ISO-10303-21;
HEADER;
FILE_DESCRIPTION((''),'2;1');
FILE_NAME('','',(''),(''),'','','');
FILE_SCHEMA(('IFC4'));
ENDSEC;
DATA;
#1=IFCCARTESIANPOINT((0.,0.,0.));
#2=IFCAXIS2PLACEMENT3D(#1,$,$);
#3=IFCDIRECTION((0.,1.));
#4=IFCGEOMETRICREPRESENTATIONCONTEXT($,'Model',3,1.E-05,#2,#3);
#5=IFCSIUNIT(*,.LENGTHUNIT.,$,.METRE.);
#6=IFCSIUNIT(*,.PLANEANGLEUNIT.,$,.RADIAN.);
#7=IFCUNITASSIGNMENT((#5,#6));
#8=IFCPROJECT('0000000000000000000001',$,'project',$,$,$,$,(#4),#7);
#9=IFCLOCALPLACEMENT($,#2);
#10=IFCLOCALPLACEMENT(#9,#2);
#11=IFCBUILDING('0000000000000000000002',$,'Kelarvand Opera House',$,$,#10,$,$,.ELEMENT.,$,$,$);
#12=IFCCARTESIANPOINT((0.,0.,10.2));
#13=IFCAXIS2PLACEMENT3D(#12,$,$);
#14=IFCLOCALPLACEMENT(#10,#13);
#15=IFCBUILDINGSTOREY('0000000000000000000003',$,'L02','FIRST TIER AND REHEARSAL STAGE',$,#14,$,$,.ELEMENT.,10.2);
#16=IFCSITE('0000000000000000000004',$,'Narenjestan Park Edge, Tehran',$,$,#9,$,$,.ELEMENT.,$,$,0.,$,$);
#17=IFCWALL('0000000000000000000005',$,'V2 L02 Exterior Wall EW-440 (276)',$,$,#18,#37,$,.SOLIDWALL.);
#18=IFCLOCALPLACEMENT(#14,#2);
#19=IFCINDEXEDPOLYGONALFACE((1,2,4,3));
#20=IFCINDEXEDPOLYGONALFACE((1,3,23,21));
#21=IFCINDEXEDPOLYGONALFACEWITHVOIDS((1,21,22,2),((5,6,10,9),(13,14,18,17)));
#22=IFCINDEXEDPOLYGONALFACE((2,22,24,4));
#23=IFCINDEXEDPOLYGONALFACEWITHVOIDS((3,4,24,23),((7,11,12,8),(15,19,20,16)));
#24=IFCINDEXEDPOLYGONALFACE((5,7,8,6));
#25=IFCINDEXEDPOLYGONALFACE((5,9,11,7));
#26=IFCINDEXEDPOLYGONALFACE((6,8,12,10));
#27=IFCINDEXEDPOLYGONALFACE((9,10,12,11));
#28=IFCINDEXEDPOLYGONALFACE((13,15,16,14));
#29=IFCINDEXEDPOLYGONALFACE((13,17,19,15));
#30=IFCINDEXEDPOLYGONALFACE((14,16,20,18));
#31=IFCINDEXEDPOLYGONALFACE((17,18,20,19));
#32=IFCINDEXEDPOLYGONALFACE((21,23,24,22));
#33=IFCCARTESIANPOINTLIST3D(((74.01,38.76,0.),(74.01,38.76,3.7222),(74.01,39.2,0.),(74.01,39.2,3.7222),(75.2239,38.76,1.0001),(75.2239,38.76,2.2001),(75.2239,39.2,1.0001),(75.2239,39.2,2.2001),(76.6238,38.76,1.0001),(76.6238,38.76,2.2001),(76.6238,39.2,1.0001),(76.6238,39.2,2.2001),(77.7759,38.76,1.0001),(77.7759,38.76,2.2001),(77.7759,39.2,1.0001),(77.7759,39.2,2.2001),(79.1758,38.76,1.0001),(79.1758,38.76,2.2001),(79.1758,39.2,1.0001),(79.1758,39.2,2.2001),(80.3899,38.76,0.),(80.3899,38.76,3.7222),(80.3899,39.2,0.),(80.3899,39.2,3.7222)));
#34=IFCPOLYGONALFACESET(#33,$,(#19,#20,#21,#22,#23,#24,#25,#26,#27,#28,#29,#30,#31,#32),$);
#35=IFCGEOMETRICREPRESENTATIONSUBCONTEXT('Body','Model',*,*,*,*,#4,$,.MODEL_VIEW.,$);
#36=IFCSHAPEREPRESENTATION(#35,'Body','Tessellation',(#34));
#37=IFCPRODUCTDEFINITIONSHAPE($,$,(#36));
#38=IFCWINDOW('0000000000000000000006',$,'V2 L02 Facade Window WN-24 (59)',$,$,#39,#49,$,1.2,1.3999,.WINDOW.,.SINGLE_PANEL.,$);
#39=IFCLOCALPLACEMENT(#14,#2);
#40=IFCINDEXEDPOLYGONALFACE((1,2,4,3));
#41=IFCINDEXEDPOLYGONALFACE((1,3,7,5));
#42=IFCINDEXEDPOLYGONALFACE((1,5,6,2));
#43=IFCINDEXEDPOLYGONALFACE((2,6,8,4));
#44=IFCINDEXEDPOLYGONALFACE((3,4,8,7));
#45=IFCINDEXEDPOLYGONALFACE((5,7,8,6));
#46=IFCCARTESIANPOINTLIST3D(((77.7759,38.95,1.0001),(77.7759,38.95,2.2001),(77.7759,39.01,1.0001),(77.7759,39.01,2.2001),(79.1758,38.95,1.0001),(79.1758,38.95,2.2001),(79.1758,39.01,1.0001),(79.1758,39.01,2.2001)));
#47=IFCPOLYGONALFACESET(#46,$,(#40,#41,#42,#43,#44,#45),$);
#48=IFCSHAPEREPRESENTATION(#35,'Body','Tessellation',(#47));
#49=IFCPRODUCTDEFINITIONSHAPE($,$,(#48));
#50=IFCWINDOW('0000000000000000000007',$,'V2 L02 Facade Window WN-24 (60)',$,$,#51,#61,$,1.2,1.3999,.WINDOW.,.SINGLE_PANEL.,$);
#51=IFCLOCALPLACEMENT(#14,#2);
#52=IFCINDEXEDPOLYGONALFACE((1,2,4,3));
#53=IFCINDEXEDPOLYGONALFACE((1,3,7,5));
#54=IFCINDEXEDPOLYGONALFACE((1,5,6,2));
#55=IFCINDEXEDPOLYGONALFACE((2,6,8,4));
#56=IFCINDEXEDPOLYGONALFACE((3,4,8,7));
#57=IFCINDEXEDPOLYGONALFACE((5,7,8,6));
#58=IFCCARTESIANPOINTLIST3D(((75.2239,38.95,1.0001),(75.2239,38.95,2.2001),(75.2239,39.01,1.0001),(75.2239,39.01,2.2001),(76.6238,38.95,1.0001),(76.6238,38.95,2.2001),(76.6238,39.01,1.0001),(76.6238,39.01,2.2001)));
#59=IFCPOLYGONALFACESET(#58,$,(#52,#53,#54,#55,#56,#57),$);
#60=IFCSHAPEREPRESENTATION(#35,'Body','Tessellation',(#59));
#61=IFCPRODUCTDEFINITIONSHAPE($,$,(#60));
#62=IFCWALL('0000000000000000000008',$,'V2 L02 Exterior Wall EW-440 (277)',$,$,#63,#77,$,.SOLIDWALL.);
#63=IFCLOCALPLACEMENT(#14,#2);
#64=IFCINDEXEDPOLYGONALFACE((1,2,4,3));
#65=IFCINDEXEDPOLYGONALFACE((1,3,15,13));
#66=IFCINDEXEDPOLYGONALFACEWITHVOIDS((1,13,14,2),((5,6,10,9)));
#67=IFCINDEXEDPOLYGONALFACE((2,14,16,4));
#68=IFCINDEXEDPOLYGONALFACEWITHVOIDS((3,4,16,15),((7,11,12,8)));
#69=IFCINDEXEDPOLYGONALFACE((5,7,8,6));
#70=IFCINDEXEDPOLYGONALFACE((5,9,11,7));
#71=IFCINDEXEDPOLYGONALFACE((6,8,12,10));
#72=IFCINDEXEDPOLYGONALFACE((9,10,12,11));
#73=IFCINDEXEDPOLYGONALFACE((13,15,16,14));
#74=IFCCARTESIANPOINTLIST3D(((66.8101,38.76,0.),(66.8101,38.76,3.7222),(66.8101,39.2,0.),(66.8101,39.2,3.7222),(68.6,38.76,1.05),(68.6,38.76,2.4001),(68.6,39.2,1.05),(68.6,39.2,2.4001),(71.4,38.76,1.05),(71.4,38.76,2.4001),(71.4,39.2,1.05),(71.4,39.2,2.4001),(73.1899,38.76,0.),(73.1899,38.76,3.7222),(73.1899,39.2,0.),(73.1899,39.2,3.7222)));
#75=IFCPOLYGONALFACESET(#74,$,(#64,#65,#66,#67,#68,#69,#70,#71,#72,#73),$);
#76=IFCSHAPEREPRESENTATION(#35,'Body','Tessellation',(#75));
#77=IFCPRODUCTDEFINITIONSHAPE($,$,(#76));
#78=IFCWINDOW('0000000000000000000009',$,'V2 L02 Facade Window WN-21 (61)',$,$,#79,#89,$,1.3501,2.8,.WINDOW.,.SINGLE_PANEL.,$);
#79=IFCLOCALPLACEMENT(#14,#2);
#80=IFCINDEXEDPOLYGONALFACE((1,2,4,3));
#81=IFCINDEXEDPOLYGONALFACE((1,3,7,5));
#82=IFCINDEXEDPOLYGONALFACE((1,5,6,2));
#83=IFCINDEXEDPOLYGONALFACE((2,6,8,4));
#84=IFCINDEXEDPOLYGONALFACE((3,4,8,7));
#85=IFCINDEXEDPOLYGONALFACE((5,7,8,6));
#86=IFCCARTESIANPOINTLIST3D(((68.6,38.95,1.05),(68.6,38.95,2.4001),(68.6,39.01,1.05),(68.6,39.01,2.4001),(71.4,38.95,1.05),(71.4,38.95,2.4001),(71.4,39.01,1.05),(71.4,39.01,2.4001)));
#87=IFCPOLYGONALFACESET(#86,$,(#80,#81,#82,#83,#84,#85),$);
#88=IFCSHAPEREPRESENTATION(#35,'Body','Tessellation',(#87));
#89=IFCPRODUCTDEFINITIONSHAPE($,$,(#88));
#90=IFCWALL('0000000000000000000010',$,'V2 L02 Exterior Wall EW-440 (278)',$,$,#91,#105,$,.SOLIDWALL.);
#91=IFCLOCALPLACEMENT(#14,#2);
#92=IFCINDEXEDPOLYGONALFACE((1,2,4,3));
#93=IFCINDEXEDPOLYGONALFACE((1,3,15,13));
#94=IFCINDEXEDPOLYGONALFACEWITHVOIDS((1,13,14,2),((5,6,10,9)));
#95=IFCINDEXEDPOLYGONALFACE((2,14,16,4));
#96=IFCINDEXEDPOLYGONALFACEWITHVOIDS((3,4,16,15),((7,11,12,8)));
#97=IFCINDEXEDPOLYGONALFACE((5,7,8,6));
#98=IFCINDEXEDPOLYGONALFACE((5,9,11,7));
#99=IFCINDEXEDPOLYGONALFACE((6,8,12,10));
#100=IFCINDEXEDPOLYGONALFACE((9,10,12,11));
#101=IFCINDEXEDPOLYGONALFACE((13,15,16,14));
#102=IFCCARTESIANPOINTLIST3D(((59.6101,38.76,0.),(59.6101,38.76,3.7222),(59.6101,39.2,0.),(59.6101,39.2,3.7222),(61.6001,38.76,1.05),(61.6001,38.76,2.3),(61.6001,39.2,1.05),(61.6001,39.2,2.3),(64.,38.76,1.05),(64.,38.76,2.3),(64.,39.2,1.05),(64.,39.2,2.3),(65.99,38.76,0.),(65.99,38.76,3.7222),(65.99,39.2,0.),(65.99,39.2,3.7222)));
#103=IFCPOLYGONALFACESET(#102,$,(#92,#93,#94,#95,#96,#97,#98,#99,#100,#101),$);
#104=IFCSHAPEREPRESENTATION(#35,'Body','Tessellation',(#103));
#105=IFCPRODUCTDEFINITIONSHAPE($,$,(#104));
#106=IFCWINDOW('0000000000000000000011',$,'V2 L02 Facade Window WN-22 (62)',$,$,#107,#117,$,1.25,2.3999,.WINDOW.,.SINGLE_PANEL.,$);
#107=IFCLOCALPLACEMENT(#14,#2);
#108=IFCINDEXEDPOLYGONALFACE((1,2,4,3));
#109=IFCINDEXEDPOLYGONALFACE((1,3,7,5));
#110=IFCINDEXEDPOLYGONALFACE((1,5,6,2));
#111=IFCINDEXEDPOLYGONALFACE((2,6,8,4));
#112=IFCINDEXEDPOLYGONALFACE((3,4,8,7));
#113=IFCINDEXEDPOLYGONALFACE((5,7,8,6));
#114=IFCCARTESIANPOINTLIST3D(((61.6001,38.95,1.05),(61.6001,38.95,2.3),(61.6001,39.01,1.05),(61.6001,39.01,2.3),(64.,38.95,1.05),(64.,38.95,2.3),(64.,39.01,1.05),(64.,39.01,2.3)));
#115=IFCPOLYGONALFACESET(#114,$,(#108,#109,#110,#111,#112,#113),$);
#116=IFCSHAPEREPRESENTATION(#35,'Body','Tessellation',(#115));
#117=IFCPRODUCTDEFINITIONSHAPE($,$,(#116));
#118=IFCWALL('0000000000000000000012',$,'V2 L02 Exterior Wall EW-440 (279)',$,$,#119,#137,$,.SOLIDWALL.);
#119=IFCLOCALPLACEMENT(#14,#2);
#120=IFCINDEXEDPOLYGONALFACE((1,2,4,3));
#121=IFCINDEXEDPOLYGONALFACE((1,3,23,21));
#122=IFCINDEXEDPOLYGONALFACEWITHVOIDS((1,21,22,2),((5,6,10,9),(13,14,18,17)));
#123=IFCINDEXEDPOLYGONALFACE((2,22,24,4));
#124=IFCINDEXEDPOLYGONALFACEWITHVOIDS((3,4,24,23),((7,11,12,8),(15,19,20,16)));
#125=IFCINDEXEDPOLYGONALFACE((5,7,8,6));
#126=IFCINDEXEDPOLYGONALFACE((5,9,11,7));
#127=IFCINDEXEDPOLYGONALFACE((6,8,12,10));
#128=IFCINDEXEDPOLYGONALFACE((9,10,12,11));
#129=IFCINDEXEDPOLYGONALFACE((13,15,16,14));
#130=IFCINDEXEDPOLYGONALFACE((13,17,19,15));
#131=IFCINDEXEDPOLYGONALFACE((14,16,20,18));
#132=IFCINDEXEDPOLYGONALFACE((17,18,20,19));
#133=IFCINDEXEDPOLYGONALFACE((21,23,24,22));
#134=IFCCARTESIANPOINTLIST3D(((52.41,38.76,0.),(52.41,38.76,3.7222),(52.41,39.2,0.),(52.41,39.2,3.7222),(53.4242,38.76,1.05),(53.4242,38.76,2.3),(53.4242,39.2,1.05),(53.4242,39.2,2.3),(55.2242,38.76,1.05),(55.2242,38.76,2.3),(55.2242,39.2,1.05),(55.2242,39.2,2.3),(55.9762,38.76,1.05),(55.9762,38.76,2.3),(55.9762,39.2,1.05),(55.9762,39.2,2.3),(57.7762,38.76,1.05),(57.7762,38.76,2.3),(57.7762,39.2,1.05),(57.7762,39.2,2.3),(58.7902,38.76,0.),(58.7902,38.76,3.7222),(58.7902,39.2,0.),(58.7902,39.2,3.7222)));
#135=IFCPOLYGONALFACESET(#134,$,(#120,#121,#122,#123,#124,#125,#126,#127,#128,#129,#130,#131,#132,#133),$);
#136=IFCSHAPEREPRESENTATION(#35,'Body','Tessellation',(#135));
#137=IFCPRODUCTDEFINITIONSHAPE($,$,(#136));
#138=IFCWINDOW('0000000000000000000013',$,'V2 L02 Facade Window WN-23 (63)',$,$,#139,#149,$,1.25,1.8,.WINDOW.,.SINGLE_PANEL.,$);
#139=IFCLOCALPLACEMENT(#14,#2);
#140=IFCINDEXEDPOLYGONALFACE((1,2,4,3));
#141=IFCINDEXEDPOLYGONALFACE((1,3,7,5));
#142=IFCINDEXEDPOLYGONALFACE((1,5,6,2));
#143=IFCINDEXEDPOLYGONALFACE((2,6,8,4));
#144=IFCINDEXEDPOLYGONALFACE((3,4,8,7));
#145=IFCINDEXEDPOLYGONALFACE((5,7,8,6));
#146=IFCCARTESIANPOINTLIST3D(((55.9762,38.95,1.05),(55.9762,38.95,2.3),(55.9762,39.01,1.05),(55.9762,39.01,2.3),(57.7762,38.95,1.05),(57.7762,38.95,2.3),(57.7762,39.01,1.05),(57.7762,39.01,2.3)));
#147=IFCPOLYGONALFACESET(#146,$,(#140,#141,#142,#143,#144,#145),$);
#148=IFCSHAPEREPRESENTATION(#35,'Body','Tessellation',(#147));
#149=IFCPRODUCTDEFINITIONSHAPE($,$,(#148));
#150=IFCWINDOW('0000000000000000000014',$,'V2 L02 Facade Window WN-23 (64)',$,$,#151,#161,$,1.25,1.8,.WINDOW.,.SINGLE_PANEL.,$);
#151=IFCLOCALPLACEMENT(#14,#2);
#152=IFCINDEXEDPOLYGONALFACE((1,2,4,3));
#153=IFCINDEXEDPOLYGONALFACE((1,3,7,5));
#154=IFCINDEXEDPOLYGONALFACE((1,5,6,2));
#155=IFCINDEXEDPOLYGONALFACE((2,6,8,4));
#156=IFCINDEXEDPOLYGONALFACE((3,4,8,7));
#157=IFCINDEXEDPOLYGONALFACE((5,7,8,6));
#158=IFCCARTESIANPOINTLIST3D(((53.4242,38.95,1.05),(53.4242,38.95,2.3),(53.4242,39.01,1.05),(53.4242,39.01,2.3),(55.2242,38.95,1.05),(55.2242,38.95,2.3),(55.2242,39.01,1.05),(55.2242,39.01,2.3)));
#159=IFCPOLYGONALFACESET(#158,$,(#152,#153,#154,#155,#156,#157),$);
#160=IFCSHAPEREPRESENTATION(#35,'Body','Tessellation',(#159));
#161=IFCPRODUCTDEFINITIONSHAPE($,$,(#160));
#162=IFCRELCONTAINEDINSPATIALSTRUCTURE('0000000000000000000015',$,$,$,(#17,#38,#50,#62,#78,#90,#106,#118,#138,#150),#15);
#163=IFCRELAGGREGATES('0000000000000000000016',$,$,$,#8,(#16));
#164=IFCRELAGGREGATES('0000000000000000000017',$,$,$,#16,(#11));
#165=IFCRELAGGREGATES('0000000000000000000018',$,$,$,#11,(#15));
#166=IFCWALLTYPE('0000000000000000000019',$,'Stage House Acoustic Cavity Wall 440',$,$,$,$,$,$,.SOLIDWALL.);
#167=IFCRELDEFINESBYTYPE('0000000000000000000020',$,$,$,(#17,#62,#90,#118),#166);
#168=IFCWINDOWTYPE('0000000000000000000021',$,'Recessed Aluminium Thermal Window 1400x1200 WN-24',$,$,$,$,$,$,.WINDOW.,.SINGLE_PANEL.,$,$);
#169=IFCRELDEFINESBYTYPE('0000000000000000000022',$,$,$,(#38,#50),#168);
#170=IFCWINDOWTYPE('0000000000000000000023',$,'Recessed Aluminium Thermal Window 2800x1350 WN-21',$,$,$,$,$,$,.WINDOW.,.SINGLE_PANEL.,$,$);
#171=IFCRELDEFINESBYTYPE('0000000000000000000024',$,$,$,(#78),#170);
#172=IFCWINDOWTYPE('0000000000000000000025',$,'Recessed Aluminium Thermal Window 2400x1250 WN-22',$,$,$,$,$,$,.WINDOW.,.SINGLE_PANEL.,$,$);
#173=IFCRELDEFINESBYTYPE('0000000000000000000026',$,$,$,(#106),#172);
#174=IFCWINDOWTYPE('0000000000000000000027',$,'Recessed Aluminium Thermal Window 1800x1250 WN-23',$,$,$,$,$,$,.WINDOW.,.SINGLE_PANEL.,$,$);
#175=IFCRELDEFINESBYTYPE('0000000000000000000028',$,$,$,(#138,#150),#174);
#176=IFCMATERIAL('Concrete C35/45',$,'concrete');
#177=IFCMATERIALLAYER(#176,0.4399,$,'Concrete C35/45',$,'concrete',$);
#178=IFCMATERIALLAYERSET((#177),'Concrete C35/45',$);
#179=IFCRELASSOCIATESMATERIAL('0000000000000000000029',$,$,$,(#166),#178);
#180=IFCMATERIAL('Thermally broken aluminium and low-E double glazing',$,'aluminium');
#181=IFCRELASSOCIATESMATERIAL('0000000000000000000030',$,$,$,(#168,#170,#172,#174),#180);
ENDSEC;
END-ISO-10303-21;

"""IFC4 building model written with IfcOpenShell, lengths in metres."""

from ifc_helpers import new_model, si_unit, direction, frame, frame_2d, origin, place, context, subcontext, project, spatial, rectangle, extrude, material, layer, layer_set, type_object, element, fill, save


model = new_model("IFC4")

# Units and contexts
model_context = context("Model", 3, precision=1e-05, world=origin(), true_north=direction((0.0, 1.0)))
body_context = subcontext(model_context, "Body", "Model", "MODEL_VIEW")
ifc_project = project(units=[si_unit("LENGTHUNIT", "METRE"), si_unit("PLANEANGLEUNIT", "RADIAN")], contexts=[model_context])

# Site, building, storey
site_placement = place(None, origin())
site = spatial("IfcSite", under=ifc_project, at=site_placement, Name="Narenjestan Park Edge, Tehran", CompositionType="ELEMENT", RefElevation=0.0)
building_placement = place(site_placement, origin())
building = spatial("IfcBuilding", under=site, at=building_placement, Name="Kelarvand Opera House", CompositionType="ELEMENT")
storey_placement = place(building_placement, frame((0.0, 0.0, 10.2)))
storey = spatial("IfcBuildingStorey", under=building, at=storey_placement, Name="L02", Description="FIRST TIER AND REHEARSAL STAGE", CompositionType="ELEMENT", Elevation=10.2)

# Wall, openings, windows
ifc_material_1 = material(Name="Concrete C35/45", Category="concrete")
ifc_layer_1 = layer(ifc_material_1, 0.4399, Name="Concrete C35/45", Category="concrete")
ifc_layer_set_1 = layer_set([ifc_layer_1], Name="Concrete C35/45")
wall_type = type_object("IfcWallType", Name="Stage House Acoustic Cavity Wall 440", PredefinedType="SOLIDWALL", material=ifc_layer_set_1)
wall_1_placement = place(storey_placement, frame((80.3899, 38.98, 0.0), z_axis=(0.0, 0.0, 1.0), x_axis=(-1.0, 0.0, 0.0)))
wall_1 = element("IfcWall", 1, at=wall_1_placement, inside=storey, type_object=wall_type, Name="V2 L02 Exterior Wall EW-440 (276)", PredefinedType="SOLIDWALL", context=body_context, shape_type="SweptSolid", body=[
    extrude(rectangle(XDim=6.3799, YDim=0.4399, at=frame_2d((3.1899, 0.0))), origin(), (0.0, 0.0, 1.0), 3.7222),
])
opening_1_placement = place(wall_1_placement, frame((1.2141, 0.0, 1.0)))
opening_1 = element("IfcOpeningElement", 2, at=opening_1_placement, cuts=wall_1, PredefinedType="OPENING", context=body_context, shape_type="SweptSolid", body=[
    extrude(rectangle(XDim=1.3999, YDim=1.2, at=frame_2d((0.7, 0.6001))), frame((0.0, 0.23, 0.0), z_axis=(0.0, -1.0, 0.0), x_axis=(1.0, 0.0, 0.0)), (0.0, 0.0, 1.0), 0.46),
])
opening_2_placement = place(wall_1_placement, frame((3.7661, 0.0, 1.0)))
opening_2 = element("IfcOpeningElement", 3, at=opening_2_placement, cuts=wall_1, PredefinedType="OPENING", context=body_context, shape_type="SweptSolid", body=[
    extrude(rectangle(XDim=1.3999, YDim=1.2, at=frame_2d((0.7, 0.6001))), frame((0.0, 0.23, 0.0), z_axis=(0.0, -1.0, 0.0), x_axis=(1.0, 0.0, 0.0)), (0.0, 0.0, 1.0), 0.46),
])
ifc_material_2 = material(Name="Thermally broken aluminium and low-E double glazing", Category="aluminium")
window_type_1 = type_object("IfcWindowType", Name="Recessed Aluminium Thermal Window 1400x1200 WN-24", PartitioningType="SINGLE_PANEL", PredefinedType="WINDOW", material=ifc_material_2)
window_1_placement = place(opening_1_placement, origin())
window_1 = element("IfcWindow", 4, at=window_1_placement, inside=storey, type_object=window_type_1, Name="V2 L02 Facade Window WN-24 (59)", OverallHeight=1.2, OverallWidth=1.3999, PartitioningType="SINGLE_PANEL", PredefinedType="WINDOW", context=body_context, shape_type="SweptSolid", body=[
    extrude(rectangle(XDim=1.3999, YDim=1.2, at=frame_2d((0.7, 0.6001))), frame((0.0, 0.03, 0.0), z_axis=(0.0, -1.0, 0.0), x_axis=(1.0, 0.0, 0.0)), (0.0, 0.0, 1.0), 0.0601),
])
fill(opening_1, window_1)
window_2_placement = place(opening_2_placement, origin())
window_2 = element("IfcWindow", 5, at=window_2_placement, inside=storey, type_object=window_type_1, Name="V2 L02 Facade Window WN-24 (60)", OverallHeight=1.2, OverallWidth=1.3999, PartitioningType="SINGLE_PANEL", PredefinedType="WINDOW", context=body_context, shape_type="SweptSolid", body=[
    extrude(rectangle(XDim=1.3999, YDim=1.2, at=frame_2d((0.7, 0.6001))), frame((0.0, 0.03, 0.0), z_axis=(0.0, -1.0, 0.0), x_axis=(1.0, 0.0, 0.0)), (0.0, 0.0, 1.0), 0.0601),
])
fill(opening_2, window_2)

# Walls, openings, windows
wall_2_placement = place(storey_placement, frame((73.1899, 38.98, 0.0), z_axis=(0.0, 0.0, 1.0), x_axis=(-1.0, 0.0, 0.0)))
wall_2 = element("IfcWall", 6, at=wall_2_placement, inside=storey, type_object=wall_type, Name="V2 L02 Exterior Wall EW-440 (277)", PredefinedType="SOLIDWALL", context=body_context, shape_type="SweptSolid", body=[
    extrude(rectangle(XDim=6.3799, YDim=0.4399, at=frame_2d((3.1899, 0.0))), origin(), (0.0, 0.0, 1.0), 3.7222),
])
opening_3_placement = place(wall_2_placement, frame((1.79, 0.0, 1.05)))
opening_3 = element("IfcOpeningElement", 7, at=opening_3_placement, cuts=wall_2, PredefinedType="OPENING", context=body_context, shape_type="SweptSolid", body=[
    extrude(rectangle(XDim=2.8, YDim=1.3501, at=frame_2d((1.3999, 0.675))), frame((0.0, 0.23, 0.0), z_axis=(0.0, -1.0, 0.0), x_axis=(1.0, 0.0, 0.0)), (0.0, 0.0, 1.0), 0.46),
])
window_type_2 = type_object("IfcWindowType", Name="Recessed Aluminium Thermal Window 2800x1350 WN-21", PartitioningType="SINGLE_PANEL", PredefinedType="WINDOW", material=ifc_material_2)
window_3_placement = place(opening_3_placement, origin())
window_3 = element("IfcWindow", 8, at=window_3_placement, inside=storey, type_object=window_type_2, Name="V2 L02 Facade Window WN-21 (61)", OverallHeight=1.3501, OverallWidth=2.8, PartitioningType="SINGLE_PANEL", PredefinedType="WINDOW", context=body_context, shape_type="SweptSolid", body=[
    extrude(rectangle(XDim=2.8, YDim=1.3501, at=frame_2d((1.3999, 0.675))), frame((0.0, 0.03, 0.0), z_axis=(0.0, -1.0, 0.0), x_axis=(1.0, 0.0, 0.0)), (0.0, 0.0, 1.0), 0.0601),
])
fill(opening_3, window_3)
wall_3_placement = place(storey_placement, frame((65.99, 38.98, 0.0), z_axis=(0.0, 0.0, 1.0), x_axis=(-1.0, 0.0, 0.0)))
wall_3 = element("IfcWall", 9, at=wall_3_placement, inside=storey, type_object=wall_type, Name="V2 L02 Exterior Wall EW-440 (278)", PredefinedType="SOLIDWALL", context=body_context, shape_type="SweptSolid", body=[
    extrude(rectangle(XDim=6.3799, YDim=0.4399, at=frame_2d((3.1899, 0.0))), origin(), (0.0, 0.0, 1.0), 3.7222),
])
opening_4_placement = place(wall_3_placement, frame((1.99, 0.0, 1.05)))
opening_4 = element("IfcOpeningElement", 10, at=opening_4_placement, cuts=wall_3, PredefinedType="OPENING", context=body_context, shape_type="SweptSolid", body=[
    extrude(rectangle(XDim=2.3999, YDim=1.25, at=frame_2d((1.2, 0.625))), frame((0.0, 0.23, 0.0), z_axis=(0.0, -1.0, 0.0), x_axis=(1.0, 0.0, 0.0)), (0.0, 0.0, 1.0), 0.46),
])
window_type_3 = type_object("IfcWindowType", Name="Recessed Aluminium Thermal Window 2400x1250 WN-22", PartitioningType="SINGLE_PANEL", PredefinedType="WINDOW", material=ifc_material_2)
window_4_placement = place(opening_4_placement, origin())
window_4 = element("IfcWindow", 11, at=window_4_placement, inside=storey, type_object=window_type_3, Name="V2 L02 Facade Window WN-22 (62)", OverallHeight=1.25, OverallWidth=2.3999, PartitioningType="SINGLE_PANEL", PredefinedType="WINDOW", context=body_context, shape_type="SweptSolid", body=[
    extrude(rectangle(XDim=2.3999, YDim=1.25, at=frame_2d((1.2, 0.625))), frame((0.0, 0.03, 0.0), z_axis=(0.0, -1.0, 0.0), x_axis=(1.0, 0.0, 0.0)), (0.0, 0.0, 1.0), 0.0601),
])
fill(opening_4, window_4)

# Wall, openings, windows
wall_4_placement = place(storey_placement, frame((58.79, 38.98, 0.0), z_axis=(0.0, 0.0, 1.0), x_axis=(-1.0, 0.0, 0.0)))
wall_4 = element("IfcWall", 12, at=wall_4_placement, inside=storey, type_object=wall_type, Name="V2 L02 Exterior Wall EW-440 (279)", PredefinedType="SOLIDWALL", context=body_context, shape_type="SweptSolid", body=[
    extrude(rectangle(XDim=6.3801, YDim=0.4399, at=frame_2d((3.1899, 0.0))), origin(), (0.0, 0.0, 1.0), 3.7222),
])
opening_5_placement = place(wall_4_placement, frame((1.0139, 0.0, 1.05)))
opening_5 = element("IfcOpeningElement", 13, at=opening_5_placement, cuts=wall_4, PredefinedType="OPENING", context=body_context, shape_type="SweptSolid", body=[
    extrude(rectangle(XDim=1.8, YDim=1.25, at=frame_2d((0.8999, 0.625))), frame((0.0, 0.23, 0.0), z_axis=(0.0, -1.0, 0.0), x_axis=(1.0, 0.0, 0.0)), (0.0, 0.0, 1.0), 0.46),
])
opening_6_placement = place(wall_4_placement, frame((3.5659, 0.0, 1.05)))
opening_6 = element("IfcOpeningElement", 14, at=opening_6_placement, cuts=wall_4, PredefinedType="OPENING", context=body_context, shape_type="SweptSolid", body=[
    extrude(rectangle(XDim=1.8, YDim=1.25, at=frame_2d((0.8999, 0.625))), frame((0.0, 0.23, 0.0), z_axis=(0.0, -1.0, 0.0), x_axis=(1.0, 0.0, 0.0)), (0.0, 0.0, 1.0), 0.46),
])
window_type_4 = type_object("IfcWindowType", Name="Recessed Aluminium Thermal Window 1800x1250 WN-23", PartitioningType="SINGLE_PANEL", PredefinedType="WINDOW", material=ifc_material_2)
window_5_placement = place(opening_5_placement, origin())
window_5 = element("IfcWindow", 15, at=window_5_placement, inside=storey, type_object=window_type_4, Name="V2 L02 Facade Window WN-23 (63)", OverallHeight=1.25, OverallWidth=1.8, PartitioningType="SINGLE_PANEL", PredefinedType="WINDOW", context=body_context, shape_type="SweptSolid", body=[
    extrude(rectangle(XDim=1.8, YDim=1.25, at=frame_2d((0.8999, 0.625))), frame((0.0, 0.03, 0.0), z_axis=(0.0, -1.0, 0.0), x_axis=(1.0, 0.0, 0.0)), (0.0, 0.0, 1.0), 0.0601),
])
fill(opening_5, window_5)
window_6_placement = place(opening_6_placement, origin())
window_6 = element("IfcWindow", 16, at=window_6_placement, inside=storey, type_object=window_type_4, Name="V2 L02 Facade Window WN-23 (64)", OverallHeight=1.25, OverallWidth=1.8, PartitioningType="SINGLE_PANEL", PredefinedType="WINDOW", context=body_context, shape_type="SweptSolid", body=[
    extrude(rectangle(XDim=1.8, YDim=1.25, at=frame_2d((0.8999, 0.625))), frame((0.0, 0.03, 0.0), z_axis=(0.0, -1.0, 0.0), x_axis=(1.0, 0.0, 0.0)), (0.0, 0.0, 1.0), 0.0601),
])
fill(opening_6, window_6)

save(model, "model.ifc")
